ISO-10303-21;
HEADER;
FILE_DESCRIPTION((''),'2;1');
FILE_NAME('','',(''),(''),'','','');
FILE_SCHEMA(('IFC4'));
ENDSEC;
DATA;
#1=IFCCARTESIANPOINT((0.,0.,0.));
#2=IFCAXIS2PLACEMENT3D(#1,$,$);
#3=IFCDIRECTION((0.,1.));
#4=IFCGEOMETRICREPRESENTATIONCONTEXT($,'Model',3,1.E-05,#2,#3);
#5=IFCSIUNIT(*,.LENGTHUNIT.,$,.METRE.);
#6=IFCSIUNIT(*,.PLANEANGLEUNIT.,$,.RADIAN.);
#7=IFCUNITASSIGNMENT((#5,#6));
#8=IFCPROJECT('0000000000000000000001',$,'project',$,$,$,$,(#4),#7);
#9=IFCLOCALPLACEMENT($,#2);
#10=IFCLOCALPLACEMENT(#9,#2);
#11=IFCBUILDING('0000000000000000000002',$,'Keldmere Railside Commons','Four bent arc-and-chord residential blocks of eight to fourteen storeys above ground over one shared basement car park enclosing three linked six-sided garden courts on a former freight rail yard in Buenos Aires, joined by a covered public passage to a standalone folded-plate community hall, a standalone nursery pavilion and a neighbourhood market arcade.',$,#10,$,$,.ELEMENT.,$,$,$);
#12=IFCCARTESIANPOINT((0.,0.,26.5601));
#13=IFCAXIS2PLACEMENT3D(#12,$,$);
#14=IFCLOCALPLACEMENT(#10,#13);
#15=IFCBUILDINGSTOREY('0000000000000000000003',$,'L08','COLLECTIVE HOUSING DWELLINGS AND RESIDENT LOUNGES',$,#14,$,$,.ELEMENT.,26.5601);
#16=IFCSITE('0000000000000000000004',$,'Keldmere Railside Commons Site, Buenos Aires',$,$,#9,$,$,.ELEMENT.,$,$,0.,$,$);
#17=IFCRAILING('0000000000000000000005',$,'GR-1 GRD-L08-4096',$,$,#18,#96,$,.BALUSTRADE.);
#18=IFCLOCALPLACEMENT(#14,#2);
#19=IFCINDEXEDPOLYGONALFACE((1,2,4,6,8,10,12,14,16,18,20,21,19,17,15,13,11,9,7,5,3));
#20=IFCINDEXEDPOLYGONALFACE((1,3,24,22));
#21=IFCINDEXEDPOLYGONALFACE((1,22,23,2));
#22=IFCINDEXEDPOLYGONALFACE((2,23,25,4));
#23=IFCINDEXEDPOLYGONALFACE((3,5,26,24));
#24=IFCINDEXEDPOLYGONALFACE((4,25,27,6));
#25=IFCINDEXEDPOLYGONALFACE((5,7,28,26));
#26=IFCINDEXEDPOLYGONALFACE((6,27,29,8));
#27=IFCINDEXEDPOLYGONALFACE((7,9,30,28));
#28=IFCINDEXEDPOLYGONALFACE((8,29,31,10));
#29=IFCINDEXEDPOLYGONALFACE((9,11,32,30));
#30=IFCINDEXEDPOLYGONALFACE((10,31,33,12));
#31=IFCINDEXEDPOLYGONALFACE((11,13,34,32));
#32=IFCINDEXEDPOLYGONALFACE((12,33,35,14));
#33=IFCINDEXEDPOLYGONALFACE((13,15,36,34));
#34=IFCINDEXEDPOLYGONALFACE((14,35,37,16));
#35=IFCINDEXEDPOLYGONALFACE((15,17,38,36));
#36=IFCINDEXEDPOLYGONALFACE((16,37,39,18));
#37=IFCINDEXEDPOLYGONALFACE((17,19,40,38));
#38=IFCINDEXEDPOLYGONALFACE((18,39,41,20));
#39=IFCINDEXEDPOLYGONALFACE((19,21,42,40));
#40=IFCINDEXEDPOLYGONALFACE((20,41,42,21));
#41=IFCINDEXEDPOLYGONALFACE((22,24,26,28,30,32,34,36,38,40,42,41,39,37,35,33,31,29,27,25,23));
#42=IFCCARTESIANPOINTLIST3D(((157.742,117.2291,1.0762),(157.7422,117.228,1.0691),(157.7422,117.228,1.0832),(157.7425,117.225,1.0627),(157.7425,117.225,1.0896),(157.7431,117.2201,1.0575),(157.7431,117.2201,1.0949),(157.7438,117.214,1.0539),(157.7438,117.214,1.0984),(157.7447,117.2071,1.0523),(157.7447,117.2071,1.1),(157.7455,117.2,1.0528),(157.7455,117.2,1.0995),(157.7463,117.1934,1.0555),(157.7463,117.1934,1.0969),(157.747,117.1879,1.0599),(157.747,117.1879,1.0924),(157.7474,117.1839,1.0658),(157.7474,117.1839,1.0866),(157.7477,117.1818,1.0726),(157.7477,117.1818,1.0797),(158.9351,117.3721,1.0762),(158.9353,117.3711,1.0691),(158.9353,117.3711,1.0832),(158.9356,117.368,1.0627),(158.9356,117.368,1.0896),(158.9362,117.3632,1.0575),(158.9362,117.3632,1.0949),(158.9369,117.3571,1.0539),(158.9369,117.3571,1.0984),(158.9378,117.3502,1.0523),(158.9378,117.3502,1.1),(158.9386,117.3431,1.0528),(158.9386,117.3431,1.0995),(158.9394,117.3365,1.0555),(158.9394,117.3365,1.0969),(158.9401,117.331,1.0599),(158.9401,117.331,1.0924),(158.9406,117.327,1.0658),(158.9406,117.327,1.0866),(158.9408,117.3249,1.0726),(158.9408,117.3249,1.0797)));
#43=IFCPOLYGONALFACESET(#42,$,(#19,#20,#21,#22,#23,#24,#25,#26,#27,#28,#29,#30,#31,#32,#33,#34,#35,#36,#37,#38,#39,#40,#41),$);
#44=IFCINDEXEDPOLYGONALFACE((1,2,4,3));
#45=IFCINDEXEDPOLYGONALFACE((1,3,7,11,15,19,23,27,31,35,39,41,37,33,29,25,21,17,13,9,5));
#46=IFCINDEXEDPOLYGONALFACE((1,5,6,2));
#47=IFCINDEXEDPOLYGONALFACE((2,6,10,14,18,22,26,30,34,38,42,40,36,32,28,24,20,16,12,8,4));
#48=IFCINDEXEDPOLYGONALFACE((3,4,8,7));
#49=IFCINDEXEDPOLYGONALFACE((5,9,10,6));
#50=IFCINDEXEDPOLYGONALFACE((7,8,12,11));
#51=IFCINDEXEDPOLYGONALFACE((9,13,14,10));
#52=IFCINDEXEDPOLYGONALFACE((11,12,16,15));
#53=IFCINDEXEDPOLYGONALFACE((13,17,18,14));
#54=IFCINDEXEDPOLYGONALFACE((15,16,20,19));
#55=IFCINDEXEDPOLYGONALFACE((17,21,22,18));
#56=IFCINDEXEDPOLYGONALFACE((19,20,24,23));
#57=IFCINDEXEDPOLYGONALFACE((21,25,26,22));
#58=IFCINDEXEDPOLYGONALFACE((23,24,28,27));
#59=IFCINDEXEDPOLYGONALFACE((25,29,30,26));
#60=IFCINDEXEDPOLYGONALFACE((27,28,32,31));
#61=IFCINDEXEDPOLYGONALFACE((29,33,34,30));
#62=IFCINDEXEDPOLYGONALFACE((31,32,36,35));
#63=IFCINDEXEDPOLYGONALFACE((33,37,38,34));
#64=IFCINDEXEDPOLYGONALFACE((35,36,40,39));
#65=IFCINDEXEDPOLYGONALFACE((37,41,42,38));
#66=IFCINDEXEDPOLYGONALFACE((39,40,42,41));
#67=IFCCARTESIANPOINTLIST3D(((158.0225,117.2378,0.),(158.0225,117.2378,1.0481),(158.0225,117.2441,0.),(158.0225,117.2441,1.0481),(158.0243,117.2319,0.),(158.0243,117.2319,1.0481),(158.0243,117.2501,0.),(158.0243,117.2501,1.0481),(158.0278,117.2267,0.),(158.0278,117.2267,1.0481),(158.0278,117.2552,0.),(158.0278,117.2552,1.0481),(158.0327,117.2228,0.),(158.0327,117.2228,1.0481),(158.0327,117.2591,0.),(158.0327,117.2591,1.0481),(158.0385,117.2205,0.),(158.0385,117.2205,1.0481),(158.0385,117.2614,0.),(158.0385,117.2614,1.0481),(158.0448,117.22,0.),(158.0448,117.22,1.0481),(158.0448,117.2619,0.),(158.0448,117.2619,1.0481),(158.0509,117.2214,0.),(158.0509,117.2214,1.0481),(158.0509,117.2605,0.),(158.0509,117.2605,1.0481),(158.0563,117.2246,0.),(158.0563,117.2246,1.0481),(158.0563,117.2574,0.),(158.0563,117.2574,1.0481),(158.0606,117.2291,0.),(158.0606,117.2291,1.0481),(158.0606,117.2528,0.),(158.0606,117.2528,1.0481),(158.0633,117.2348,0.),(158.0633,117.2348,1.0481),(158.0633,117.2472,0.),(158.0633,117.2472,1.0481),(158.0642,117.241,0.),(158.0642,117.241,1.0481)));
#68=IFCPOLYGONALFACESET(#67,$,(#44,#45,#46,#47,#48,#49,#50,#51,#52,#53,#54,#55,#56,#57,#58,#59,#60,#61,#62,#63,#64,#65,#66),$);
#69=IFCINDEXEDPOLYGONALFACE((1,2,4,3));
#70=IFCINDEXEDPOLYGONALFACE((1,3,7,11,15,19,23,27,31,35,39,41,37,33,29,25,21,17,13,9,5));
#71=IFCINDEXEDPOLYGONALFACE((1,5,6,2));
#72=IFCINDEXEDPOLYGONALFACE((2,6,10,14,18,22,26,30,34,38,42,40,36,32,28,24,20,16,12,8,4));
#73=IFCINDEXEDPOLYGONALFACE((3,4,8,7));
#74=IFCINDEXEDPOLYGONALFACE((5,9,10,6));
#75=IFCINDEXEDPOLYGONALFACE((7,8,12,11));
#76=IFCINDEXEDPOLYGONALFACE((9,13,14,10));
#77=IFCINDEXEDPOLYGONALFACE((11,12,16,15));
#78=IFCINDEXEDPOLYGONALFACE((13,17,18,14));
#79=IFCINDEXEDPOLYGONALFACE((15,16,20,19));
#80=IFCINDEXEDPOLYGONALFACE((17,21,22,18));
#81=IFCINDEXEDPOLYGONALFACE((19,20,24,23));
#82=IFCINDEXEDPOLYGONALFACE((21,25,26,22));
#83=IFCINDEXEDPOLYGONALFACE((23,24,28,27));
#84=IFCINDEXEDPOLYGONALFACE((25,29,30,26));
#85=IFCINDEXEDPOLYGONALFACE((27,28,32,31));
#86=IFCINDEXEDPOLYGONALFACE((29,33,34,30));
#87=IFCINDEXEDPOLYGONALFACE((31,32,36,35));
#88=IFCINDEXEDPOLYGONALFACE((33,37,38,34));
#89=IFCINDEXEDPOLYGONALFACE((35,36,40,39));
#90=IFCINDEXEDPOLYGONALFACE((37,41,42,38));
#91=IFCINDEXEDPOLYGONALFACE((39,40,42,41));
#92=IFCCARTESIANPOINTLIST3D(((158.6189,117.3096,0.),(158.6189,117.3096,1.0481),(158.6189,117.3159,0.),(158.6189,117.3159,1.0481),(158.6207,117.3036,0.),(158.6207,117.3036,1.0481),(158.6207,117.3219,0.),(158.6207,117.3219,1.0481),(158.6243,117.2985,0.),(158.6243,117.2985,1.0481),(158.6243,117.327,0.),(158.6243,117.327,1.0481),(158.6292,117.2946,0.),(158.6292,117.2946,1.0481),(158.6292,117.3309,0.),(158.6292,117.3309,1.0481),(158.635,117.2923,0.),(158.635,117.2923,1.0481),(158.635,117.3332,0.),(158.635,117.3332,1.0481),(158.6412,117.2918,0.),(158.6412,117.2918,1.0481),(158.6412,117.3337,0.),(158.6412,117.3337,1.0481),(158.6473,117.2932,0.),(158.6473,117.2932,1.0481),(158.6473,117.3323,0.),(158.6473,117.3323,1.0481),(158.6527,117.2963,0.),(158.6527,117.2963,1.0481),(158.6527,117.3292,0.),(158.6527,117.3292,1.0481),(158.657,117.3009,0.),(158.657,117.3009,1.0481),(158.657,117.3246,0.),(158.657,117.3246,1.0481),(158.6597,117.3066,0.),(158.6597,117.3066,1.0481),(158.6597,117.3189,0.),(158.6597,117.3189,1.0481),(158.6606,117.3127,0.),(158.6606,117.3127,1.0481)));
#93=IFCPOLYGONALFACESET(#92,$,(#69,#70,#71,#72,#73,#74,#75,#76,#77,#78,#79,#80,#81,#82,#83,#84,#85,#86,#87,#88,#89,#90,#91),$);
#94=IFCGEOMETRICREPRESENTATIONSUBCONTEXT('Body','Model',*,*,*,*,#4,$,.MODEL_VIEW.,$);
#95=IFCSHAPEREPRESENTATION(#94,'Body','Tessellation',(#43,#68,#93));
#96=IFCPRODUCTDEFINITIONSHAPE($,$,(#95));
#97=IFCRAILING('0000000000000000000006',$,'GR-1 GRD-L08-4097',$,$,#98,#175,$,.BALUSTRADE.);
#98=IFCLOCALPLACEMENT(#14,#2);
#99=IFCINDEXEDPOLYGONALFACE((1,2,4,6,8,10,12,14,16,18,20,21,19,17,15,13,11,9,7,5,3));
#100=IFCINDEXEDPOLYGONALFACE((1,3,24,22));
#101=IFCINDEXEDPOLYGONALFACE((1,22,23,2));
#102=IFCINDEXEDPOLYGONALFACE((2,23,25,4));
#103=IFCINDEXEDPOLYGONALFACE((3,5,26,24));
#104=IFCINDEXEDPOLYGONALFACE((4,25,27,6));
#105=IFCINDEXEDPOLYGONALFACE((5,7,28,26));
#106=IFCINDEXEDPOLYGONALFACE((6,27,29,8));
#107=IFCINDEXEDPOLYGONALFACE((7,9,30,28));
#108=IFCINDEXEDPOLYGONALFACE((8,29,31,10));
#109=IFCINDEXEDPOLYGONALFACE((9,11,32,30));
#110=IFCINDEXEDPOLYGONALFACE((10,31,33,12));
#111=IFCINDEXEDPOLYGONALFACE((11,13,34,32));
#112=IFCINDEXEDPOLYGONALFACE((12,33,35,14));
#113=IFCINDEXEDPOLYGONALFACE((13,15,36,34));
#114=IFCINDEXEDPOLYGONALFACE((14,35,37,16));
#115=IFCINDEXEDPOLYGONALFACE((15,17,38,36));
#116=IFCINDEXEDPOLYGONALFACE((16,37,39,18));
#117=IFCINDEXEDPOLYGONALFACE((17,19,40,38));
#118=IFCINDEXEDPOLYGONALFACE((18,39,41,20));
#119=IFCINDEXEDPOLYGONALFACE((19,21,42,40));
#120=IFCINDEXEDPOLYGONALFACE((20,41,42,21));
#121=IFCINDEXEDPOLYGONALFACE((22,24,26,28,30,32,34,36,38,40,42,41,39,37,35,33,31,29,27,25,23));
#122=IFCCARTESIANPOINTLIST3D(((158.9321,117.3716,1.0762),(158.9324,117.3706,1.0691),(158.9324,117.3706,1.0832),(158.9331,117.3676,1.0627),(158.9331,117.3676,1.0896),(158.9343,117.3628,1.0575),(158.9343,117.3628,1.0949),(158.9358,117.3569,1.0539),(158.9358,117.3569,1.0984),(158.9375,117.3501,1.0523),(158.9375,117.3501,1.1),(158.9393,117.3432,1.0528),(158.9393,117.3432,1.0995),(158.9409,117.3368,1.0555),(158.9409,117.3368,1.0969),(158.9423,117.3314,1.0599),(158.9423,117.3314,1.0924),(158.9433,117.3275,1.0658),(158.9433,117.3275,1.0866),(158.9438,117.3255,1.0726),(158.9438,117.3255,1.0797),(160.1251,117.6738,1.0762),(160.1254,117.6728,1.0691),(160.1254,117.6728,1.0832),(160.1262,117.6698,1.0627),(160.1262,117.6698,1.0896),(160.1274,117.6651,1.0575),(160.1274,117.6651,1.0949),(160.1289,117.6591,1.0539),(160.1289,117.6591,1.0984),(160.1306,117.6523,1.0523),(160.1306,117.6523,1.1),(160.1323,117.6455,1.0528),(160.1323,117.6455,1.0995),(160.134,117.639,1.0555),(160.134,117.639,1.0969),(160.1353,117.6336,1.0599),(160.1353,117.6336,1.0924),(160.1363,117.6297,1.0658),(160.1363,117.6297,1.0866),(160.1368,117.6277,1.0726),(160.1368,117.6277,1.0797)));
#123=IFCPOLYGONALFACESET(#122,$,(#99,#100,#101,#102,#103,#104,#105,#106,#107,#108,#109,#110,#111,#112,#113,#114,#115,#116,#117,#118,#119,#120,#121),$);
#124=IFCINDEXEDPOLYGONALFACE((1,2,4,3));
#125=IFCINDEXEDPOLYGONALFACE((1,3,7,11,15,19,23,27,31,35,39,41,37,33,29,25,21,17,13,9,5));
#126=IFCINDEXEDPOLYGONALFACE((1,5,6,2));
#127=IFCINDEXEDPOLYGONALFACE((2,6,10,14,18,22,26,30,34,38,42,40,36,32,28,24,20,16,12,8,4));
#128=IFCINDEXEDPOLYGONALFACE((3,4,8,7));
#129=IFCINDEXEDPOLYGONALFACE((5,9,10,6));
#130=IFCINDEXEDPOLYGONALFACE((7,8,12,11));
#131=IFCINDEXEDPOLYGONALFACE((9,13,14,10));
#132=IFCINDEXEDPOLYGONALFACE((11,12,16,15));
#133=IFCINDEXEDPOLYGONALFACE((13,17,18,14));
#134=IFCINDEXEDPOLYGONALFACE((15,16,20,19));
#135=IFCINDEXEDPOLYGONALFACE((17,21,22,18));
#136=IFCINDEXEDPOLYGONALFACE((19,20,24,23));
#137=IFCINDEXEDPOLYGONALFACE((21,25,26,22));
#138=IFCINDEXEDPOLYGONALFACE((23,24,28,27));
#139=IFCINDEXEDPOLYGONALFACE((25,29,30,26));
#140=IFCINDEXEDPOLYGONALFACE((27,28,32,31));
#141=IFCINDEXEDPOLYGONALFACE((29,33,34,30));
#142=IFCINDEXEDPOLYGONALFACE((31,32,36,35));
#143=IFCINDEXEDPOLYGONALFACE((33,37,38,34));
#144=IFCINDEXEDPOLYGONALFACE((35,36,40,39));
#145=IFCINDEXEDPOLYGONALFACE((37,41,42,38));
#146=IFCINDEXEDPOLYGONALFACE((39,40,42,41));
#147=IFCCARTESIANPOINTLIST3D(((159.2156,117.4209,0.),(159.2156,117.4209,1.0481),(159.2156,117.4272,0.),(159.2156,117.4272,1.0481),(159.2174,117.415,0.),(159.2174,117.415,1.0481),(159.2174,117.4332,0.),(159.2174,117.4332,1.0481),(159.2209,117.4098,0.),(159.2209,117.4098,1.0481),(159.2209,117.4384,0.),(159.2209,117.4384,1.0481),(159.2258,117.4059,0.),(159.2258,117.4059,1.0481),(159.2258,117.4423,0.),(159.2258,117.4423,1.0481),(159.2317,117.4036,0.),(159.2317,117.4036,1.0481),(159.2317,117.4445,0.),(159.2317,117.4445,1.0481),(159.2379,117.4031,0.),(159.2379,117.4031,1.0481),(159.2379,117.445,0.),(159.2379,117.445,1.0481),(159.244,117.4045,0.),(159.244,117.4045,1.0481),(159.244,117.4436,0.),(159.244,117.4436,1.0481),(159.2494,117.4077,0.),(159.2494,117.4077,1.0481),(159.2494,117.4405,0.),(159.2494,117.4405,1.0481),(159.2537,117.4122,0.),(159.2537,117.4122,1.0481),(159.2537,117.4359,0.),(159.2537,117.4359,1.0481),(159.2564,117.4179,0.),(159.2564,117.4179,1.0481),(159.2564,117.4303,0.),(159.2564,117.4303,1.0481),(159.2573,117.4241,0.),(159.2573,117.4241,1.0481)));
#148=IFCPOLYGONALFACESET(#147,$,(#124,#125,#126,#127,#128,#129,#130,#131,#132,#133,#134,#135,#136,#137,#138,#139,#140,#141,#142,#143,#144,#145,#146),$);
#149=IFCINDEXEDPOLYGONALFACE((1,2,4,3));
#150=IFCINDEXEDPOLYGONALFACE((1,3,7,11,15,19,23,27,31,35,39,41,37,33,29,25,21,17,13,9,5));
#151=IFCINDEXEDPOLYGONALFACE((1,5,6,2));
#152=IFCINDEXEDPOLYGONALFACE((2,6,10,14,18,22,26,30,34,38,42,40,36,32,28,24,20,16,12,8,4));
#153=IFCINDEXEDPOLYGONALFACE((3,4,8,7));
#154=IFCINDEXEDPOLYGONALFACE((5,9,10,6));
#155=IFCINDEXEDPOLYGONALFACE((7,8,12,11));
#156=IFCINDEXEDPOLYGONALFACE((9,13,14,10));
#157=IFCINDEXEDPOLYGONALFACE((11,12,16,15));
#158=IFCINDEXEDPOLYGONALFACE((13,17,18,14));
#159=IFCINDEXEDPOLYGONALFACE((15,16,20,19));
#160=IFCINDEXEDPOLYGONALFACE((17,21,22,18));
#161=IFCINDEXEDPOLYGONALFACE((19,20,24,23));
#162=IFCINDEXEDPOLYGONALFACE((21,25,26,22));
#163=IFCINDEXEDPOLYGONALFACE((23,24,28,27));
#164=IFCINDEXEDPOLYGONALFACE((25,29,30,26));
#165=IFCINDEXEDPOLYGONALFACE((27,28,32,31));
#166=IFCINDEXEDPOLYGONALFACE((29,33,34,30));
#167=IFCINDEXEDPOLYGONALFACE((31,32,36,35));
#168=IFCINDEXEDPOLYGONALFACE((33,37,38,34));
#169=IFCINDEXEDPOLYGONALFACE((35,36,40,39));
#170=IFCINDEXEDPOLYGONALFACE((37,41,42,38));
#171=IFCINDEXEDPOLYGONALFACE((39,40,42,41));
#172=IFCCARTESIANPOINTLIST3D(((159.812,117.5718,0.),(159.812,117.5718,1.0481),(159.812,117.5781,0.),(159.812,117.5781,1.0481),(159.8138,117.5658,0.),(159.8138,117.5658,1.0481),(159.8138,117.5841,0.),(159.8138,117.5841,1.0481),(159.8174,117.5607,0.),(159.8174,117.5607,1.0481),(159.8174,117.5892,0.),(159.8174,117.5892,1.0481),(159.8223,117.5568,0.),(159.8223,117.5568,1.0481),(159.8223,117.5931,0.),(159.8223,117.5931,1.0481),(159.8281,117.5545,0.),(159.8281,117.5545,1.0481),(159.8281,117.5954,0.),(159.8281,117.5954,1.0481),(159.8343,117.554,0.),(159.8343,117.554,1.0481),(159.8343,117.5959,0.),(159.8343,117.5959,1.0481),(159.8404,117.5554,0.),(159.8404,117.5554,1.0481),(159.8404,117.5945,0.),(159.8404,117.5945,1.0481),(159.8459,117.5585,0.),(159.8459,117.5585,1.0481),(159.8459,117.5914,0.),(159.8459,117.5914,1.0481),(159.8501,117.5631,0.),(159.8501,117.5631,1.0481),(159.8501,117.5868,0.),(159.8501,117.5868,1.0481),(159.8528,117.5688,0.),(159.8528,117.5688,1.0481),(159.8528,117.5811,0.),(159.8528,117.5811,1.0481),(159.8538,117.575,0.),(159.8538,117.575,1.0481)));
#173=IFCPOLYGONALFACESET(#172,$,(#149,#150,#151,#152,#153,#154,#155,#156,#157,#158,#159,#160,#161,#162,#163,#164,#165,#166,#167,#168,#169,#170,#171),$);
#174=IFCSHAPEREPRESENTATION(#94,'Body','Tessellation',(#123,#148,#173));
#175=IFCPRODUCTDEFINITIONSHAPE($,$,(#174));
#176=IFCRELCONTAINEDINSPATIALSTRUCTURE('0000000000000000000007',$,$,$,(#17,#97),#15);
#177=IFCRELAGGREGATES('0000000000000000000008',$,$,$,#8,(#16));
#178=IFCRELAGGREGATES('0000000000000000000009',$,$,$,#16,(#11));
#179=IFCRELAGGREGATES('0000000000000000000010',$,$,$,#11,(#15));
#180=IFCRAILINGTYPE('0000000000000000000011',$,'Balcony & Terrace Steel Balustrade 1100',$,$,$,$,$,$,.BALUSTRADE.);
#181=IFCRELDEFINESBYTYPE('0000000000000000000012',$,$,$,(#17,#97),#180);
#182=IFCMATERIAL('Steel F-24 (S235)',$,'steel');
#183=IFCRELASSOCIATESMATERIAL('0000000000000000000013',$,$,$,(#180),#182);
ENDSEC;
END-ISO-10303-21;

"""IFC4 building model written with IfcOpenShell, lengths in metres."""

from ifc_helpers import new_model, si_unit, direction, frame, origin, origin_2d, place, context, subcontext, project, spatial, circle, extrude, material, type_object, element, save


model = new_model("IFC4")

# Units and contexts
model_context = context("Model", 3, precision=1e-05, world=origin(), true_north=direction((0.0, 1.0)))
body_context = subcontext(model_context, "Body", "Model", "MODEL_VIEW")
ifc_project = project(units=[si_unit("LENGTHUNIT", "METRE"), si_unit("PLANEANGLEUNIT", "RADIAN")], contexts=[model_context])

# Site, building, storey
site_placement = place(None, origin())
site = spatial("IfcSite", under=ifc_project, at=site_placement, Name="Keldmere Railside Commons Site, Buenos Aires", CompositionType="ELEMENT", RefElevation=0.0)
building_placement = place(site_placement, origin())
building = spatial("IfcBuilding", under=site, at=building_placement, Name="Keldmere Railside Commons", Description="Four bent arc-and-chord residential blocks of eight to fourteen storeys above ground over one shared basement car park enclosing three linked six-sided garden courts on a former freight rail yard in Buenos Aires, joined by a covered public passage to a standalone folded-plate community hall, a standalone nursery pavilion and a neighbourhood market arcade.", CompositionType="ELEMENT")
storey_placement = place(building_placement, frame((0.0, 0.0, 26.5601)))
storey = spatial("IfcBuildingStorey", under=building, at=storey_placement, Name="L08", Description="COLLECTIVE HOUSING DWELLINGS AND RESIDENT LOUNGES", CompositionType="ELEMENT", Elevation=26.5601)

# Railings
ifc_material_1 = material(Name="Steel F-24 (S235)", Category="steel")
railing_type = type_object("IfcRailingType", Name="Balcony & Terrace Steel Balustrade 1100", PredefinedType="BALUSTRADE", material=ifc_material_1)
railing_1_placement = place(storey_placement, frame((157.7449, 117.2053, 0.0)))
element("IfcRailing", 1, at=railing_1_placement, inside=storey, type_object=railing_type, Name="GR-1 GRD-L08-4096", PredefinedType="BALUSTRADE", context=body_context, shape_type="SweptSolid", body=[
    extrude(circle(Radius=0.0239, at=origin_2d()), frame((0.0, 0.0, 1.0762), z_axis=(0.992887, 0.119057, 0.0), x_axis=(-0.119057, 0.992887, 0.0)), (0.0, 0.0, 1.0), 1.2017),
    extrude(circle(Radius=0.021, at=origin_2d()), frame((0.2983, 0.0356, 0.0)), (0.0, 0.0, 1.0), 1.0481),
    extrude(circle(Radius=0.021, at=origin_2d()), frame((0.8948, 0.1074, 0.0)), (0.0, 0.0, 1.0), 1.0481),
])
railing_2_placement = place(storey_placement, frame((158.938, 117.3484, 0.0)))
element("IfcRailing", 2, at=railing_2_placement, inside=storey, type_object=railing_type, Name="GR-1 GRD-L08-4097", PredefinedType="BALUSTRADE", context=body_context, shape_type="SweptSolid", body=[
    extrude(circle(Radius=0.0239, at=origin_2d()), frame((0.0, 0.0, 1.0762), z_axis=(0.969379, 0.245568, 0.0), x_axis=(-0.245568, 0.969379, 0.0)), (0.0, 0.0, 1.0), 1.2307),
    extrude(circle(Radius=0.021, at=origin_2d()), frame((0.2983, 0.0757, 0.0)), (0.0, 0.0, 1.0), 1.0481),
    extrude(circle(Radius=0.021, at=origin_2d()), frame((0.8948, 0.2266, 0.0)), (0.0, 0.0, 1.0), 1.0481),
])

save(model, "model.ifc")
